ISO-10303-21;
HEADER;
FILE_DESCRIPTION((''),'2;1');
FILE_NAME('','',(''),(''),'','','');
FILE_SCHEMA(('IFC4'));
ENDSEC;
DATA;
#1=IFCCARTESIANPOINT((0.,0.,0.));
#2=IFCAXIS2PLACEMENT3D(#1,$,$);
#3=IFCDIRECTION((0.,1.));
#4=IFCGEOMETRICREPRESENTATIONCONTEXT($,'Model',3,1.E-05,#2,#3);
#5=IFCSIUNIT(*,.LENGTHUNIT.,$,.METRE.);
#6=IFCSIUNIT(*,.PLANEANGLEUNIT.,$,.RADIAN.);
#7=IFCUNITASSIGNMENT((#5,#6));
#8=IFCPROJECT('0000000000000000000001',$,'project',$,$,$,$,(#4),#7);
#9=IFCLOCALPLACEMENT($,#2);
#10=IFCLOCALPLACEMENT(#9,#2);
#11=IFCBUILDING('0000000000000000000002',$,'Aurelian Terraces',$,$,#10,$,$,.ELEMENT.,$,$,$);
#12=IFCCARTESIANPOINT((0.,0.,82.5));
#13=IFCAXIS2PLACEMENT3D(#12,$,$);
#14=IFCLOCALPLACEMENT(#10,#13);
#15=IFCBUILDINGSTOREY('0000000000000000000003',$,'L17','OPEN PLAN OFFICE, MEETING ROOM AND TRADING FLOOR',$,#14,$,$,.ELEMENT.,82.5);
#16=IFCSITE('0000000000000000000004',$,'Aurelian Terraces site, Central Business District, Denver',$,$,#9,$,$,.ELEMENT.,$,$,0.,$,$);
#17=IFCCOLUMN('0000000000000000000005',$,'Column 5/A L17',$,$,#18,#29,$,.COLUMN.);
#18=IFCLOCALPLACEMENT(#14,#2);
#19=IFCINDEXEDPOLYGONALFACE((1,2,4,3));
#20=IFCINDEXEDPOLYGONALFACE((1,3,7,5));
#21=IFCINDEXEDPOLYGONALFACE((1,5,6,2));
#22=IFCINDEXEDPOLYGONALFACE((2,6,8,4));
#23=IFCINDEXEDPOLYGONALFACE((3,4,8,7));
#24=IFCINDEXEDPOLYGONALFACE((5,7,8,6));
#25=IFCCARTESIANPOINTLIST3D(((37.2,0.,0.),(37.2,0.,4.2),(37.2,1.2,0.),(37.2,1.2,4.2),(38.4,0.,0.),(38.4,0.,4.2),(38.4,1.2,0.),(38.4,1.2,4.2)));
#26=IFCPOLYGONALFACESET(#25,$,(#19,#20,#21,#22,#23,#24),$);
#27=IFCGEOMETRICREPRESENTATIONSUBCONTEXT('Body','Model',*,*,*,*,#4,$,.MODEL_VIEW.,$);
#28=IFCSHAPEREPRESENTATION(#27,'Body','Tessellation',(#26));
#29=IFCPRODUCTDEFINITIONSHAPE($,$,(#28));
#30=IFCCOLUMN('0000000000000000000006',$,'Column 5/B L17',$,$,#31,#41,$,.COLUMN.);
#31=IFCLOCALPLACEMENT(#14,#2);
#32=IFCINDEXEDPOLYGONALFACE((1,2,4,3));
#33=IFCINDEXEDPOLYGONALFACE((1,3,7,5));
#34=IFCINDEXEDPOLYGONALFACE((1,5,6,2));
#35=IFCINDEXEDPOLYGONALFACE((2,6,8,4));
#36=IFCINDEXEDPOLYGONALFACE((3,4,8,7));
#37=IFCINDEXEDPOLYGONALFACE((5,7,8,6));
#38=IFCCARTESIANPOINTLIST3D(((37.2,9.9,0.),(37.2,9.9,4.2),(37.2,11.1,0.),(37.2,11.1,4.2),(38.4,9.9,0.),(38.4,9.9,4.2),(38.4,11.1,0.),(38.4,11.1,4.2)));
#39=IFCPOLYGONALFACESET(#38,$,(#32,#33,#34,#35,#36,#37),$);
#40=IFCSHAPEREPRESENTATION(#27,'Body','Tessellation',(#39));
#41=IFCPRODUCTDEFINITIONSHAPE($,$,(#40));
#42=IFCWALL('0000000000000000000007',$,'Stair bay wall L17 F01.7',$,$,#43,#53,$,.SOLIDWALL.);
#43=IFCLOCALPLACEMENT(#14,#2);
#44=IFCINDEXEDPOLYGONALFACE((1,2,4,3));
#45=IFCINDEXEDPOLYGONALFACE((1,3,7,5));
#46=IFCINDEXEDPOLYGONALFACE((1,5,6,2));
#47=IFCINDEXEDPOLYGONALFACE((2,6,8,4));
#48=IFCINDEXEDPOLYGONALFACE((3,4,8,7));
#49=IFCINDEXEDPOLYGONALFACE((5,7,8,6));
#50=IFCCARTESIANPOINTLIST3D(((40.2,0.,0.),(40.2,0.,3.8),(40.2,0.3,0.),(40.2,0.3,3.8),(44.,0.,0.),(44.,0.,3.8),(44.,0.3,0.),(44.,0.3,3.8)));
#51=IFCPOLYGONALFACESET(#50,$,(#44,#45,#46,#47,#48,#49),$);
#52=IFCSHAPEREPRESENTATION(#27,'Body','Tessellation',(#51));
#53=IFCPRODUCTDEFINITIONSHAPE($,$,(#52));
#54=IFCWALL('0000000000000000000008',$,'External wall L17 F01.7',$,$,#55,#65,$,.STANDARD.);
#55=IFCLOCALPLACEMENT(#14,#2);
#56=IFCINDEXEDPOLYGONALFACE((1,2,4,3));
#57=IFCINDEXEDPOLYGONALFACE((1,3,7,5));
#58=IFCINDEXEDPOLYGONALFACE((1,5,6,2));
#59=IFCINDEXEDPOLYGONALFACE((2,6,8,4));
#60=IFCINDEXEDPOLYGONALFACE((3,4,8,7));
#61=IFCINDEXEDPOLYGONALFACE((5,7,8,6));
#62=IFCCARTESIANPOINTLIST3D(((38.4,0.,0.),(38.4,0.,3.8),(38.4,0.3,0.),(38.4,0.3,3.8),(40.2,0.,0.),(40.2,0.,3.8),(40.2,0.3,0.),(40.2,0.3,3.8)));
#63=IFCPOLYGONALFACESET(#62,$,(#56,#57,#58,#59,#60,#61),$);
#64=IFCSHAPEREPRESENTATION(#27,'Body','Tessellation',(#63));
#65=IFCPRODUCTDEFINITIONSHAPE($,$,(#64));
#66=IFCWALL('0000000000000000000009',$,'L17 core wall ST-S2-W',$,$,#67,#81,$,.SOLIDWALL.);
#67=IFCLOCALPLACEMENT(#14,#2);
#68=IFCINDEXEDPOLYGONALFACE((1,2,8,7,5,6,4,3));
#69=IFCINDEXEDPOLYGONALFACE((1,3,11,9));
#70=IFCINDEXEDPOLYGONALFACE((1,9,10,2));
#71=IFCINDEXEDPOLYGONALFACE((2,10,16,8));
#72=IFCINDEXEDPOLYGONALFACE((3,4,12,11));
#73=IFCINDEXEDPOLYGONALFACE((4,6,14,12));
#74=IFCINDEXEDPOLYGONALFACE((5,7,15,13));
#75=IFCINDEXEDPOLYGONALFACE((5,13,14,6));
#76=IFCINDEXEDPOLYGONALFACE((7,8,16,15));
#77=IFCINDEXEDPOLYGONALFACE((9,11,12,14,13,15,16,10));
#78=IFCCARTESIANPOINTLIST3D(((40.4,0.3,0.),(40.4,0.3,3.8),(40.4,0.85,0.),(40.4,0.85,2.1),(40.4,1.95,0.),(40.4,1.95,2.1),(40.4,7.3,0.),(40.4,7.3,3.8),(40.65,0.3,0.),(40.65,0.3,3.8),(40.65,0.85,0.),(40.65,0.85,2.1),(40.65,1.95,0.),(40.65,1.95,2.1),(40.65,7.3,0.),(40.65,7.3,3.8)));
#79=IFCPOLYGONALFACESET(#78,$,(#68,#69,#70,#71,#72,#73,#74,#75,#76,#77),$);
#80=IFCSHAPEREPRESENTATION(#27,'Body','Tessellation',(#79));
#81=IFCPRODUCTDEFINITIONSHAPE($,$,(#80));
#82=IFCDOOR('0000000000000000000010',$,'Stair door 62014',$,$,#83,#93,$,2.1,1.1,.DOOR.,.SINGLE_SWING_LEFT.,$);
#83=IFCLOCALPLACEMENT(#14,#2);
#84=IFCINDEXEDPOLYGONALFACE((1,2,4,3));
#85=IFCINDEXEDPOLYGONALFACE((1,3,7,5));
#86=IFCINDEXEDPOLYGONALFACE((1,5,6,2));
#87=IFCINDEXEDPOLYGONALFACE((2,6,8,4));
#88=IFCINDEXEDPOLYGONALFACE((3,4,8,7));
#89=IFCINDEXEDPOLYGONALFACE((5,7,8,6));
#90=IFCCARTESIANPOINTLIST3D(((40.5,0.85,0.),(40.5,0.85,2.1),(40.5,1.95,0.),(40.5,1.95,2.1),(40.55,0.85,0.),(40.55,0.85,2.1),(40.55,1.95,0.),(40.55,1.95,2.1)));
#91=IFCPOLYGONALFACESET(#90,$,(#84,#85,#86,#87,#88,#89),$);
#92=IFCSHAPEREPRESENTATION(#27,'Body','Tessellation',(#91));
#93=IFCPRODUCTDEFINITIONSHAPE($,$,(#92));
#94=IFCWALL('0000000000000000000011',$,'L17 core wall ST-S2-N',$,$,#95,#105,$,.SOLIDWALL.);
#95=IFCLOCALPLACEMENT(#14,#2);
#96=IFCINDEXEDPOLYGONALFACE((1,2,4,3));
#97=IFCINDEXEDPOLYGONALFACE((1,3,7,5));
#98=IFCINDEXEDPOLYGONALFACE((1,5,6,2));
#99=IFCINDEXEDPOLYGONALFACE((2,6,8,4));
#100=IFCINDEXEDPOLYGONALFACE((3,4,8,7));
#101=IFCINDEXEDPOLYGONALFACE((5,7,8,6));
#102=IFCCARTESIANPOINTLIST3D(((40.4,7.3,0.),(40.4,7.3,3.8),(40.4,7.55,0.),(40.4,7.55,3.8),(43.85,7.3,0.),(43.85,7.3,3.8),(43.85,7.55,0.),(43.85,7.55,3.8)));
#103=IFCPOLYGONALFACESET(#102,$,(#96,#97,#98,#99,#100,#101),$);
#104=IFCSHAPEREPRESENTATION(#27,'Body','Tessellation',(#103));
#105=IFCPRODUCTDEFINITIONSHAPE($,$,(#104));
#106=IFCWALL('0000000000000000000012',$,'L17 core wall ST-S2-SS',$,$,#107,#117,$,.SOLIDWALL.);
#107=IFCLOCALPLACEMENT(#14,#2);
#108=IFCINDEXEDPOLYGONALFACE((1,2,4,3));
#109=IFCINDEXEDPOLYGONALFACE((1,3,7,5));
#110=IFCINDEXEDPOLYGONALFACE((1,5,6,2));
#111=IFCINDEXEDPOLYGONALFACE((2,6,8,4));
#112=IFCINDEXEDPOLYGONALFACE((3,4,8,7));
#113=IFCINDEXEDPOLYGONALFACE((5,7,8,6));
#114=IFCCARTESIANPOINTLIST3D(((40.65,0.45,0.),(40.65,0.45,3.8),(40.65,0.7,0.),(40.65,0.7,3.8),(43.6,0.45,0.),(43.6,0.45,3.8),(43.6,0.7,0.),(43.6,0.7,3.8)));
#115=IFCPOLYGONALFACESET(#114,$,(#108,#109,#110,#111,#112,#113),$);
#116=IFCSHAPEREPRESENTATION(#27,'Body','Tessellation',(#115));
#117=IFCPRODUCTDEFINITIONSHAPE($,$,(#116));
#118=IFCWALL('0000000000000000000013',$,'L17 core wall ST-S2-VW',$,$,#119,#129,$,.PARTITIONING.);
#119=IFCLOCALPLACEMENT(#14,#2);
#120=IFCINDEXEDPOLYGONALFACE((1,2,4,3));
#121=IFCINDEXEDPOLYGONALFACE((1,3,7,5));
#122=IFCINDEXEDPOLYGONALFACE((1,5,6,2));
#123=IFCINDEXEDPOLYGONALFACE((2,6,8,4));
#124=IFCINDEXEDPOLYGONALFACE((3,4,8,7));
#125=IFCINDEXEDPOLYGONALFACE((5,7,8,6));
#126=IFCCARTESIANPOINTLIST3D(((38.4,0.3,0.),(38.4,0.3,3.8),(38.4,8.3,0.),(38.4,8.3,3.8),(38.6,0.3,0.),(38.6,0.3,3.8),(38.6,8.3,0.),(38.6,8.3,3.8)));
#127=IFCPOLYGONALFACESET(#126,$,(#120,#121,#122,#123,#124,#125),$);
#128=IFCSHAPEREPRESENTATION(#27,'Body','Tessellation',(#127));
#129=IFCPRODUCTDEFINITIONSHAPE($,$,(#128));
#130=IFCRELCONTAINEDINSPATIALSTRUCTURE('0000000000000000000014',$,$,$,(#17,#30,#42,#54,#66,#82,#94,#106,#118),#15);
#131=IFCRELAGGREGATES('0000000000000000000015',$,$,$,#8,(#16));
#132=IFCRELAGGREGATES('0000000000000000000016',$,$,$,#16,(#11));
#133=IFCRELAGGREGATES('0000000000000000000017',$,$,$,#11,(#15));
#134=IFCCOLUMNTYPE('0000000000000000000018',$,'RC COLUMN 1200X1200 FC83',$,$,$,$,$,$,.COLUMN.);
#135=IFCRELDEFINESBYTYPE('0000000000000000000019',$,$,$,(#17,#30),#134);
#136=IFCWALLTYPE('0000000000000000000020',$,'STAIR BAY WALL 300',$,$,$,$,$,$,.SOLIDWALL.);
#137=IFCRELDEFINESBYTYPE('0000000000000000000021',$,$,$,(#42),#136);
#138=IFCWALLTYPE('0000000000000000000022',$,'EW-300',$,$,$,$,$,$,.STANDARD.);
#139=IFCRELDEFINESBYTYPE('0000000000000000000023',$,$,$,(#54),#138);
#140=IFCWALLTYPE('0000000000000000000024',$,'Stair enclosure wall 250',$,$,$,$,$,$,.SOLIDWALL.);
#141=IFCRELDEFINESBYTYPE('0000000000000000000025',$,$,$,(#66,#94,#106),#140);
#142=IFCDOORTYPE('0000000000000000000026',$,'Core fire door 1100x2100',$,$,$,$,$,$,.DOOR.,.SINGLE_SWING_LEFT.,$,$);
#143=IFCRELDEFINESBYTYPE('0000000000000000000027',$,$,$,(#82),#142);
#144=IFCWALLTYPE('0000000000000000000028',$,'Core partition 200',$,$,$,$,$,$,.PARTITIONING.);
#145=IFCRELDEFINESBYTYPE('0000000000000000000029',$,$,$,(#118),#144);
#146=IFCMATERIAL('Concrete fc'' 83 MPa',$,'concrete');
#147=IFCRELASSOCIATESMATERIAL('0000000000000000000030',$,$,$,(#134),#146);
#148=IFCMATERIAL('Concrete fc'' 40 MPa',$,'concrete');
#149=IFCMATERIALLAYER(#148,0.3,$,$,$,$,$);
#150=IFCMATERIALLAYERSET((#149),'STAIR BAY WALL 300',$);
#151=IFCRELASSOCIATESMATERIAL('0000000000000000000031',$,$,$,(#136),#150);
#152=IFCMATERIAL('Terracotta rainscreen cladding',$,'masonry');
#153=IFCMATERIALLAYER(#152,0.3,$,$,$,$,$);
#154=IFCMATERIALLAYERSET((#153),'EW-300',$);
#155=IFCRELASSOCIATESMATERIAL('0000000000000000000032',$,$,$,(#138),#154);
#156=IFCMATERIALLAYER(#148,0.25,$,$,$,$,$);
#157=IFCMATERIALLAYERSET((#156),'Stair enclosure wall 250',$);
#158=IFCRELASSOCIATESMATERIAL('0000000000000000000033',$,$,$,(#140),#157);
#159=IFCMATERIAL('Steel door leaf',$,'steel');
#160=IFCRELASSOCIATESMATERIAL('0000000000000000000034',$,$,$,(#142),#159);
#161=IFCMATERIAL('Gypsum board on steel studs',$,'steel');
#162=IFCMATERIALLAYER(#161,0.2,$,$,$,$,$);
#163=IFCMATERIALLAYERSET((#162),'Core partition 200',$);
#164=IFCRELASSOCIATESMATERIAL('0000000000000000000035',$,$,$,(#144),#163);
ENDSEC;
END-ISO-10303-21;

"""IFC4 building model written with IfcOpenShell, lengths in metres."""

from ifc_helpers import new_model, si_unit, direction, frame, frame_2d, origin, origin_2d, place, context, subcontext, project, spatial, rectangle, extrude, source, transform, mapped, material, layer, layer_set, material_profile, profile_set, type_object, element, fill, save


model = new_model("IFC4")

# Units and contexts
model_context = context("Model", 3, precision=1e-05, world=origin(), true_north=direction((0.0, 1.0)))
body_context = subcontext(model_context, "Body", "Model", "MODEL_VIEW")
ifc_project = project(units=[si_unit("LENGTHUNIT", "METRE"), si_unit("PLANEANGLEUNIT", "RADIAN")], contexts=[model_context])

# Site, building, storey
site_placement = place(None, origin())
site = spatial("IfcSite", under=ifc_project, at=site_placement, Name="Aurelian Terraces site, Central Business District, Denver", CompositionType="ELEMENT", RefElevation=0.0)
building_placement = place(site_placement, origin())
building = spatial("IfcBuilding", under=site, at=building_placement, Name="Aurelian Terraces", CompositionType="ELEMENT")
storey_placement = place(building_placement, frame((0.0, 0.0, 82.5)))
storey = spatial("IfcBuildingStorey", under=building, at=storey_placement, Name="L17", Description="OPEN PLAN OFFICE, MEETING ROOM AND TRADING FLOOR", CompositionType="ELEMENT", Elevation=82.5)

# Columns
ifc_material_1 = material(Name="Concrete fc' 83 MPa", Category="concrete")
ifc_material_profile = material_profile(ifc_material_1, rectangle(XDim=1.2, YDim=1.2, at=origin_2d()))
ifc_profile_set = profile_set([ifc_material_profile], Name="Concrete fc' 83 MPa")
column_type = type_object("IfcColumnType", Name="RC COLUMN 1200X1200 FC83", PredefinedType="COLUMN", material=ifc_profile_set)
shared_shape_1 = source(origin(), body_context, "Body", "SweptSolid", [
    extrude(rectangle(XDim=1.2, YDim=1.2, at=origin_2d()), origin(), (0.0, 0.0, 1.0), 4.2),
])
for number, where, z_axis, x_axis, name in (
    (1, (37.8, 0.6, 0.0), (0.0, 0.0, 1.0), (1.0, 0.0, 0.0), "Column 5/A L17"),
    (2, (37.8, 10.5, 0.0), (0.0, 0.0, 1.0), (1.0, 0.0, 0.0), "Column 5/B L17"),
):
    element("IfcColumn", number, at=place(storey_placement, frame(where, z_axis=z_axis, x_axis=x_axis)), inside=storey, type_object=column_type, Name=name, PredefinedType="COLUMN", context=body_context, shape_type="MappedRepresentation", body=[
        mapped(shared_shape_1, transform((0.0, 0.0, 0.0), scale=1.0)),
    ])

# Walls
ifc_material_2 = material(Name="Concrete fc' 40 MPa", Category="concrete")
ifc_layer_1 = layer(ifc_material_2, 0.3)
ifc_layer_set_1 = layer_set([ifc_layer_1], Name="STAIR BAY WALL 300")
wall_type_1 = type_object("IfcWallType", Name="STAIR BAY WALL 300", PredefinedType="SOLIDWALL", material=ifc_layer_set_1)
shared_shape_2 = source(origin(), body_context, "Body", "SweptSolid", [
    extrude(rectangle(XDim=3.8, YDim=0.3, at=frame_2d((1.9, 0.0))), origin(), (0.0, 0.0, 1.0), 3.8),
])
wall_1_placement = place(storey_placement, frame((40.2, 0.15, 0.0), z_axis=(0.0, 0.0, 1.0), x_axis=(1.0, 0.0, 0.0)))
element("IfcWall", 3, at=wall_1_placement, inside=storey, type_object=wall_type_1, Name="Stair bay wall L17 F01.7", PredefinedType="SOLIDWALL", context=body_context, shape_type="MappedRepresentation", body=[
    mapped(shared_shape_2, transform((0.0, 0.0, 0.0), scale=1.0)),
])
ifc_material_3 = material(Name="Terracotta rainscreen cladding", Category="masonry")
ifc_layer_2 = layer(ifc_material_3, 0.3)
ifc_layer_set_2 = layer_set([ifc_layer_2], Name="EW-300")
wall_type_2 = type_object("IfcWallType", Name="EW-300", PredefinedType="STANDARD", material=ifc_layer_set_2)
shared_shape_3 = source(origin(), body_context, "Body", "SweptSolid", [
    extrude(rectangle(XDim=1.8, YDim=0.3, at=frame_2d((0.9, 0.0))), origin(), (0.0, 0.0, 1.0), 3.8),
])
wall_2_placement = place(storey_placement, frame((38.4, 0.15, 0.0), z_axis=(0.0, 0.0, 1.0), x_axis=(1.0, 0.0, 0.0)))
element("IfcWall", 4, at=wall_2_placement, inside=storey, type_object=wall_type_2, Name="External wall L17 F01.7", PredefinedType="STANDARD", context=body_context, shape_type="MappedRepresentation", body=[
    mapped(shared_shape_3, transform((0.0, 0.0, 0.0), scale=1.0)),
])

# Wall, opening, door
ifc_layer_3 = layer(ifc_material_2, 0.25)
ifc_layer_set_3 = layer_set([ifc_layer_3], Name="Stair enclosure wall 250")
wall_type_3 = type_object("IfcWallType", Name="Stair enclosure wall 250", PredefinedType="SOLIDWALL", material=ifc_layer_set_3)
shared_shape_4 = source(origin(), body_context, "Body", "SweptSolid", [
    extrude(rectangle(XDim=7.0, YDim=0.25, at=frame_2d((3.5, 0.0))), origin(), (0.0, 0.0, 1.0), 3.8),
])
wall_3_placement = place(storey_placement, frame((40.525, 0.3, 0.0), z_axis=(0.0, 0.0, 1.0), x_axis=(0.0, 1.0, 0.0)))
wall_3 = element("IfcWall", 5, at=wall_3_placement, inside=storey, type_object=wall_type_3, Name="L17 core wall ST-S2-W", PredefinedType="SOLIDWALL", context=body_context, shape_type="MappedRepresentation", body=[
    mapped(shared_shape_4, transform((0.0, 0.0, 0.0), scale=1.0)),
])
shared_shape_5 = source(origin(), body_context, "Body", "SweptSolid", [
    extrude(rectangle(XDim=1.1, YDim=2.1, at=frame_2d((0.55, 1.05))), frame((0.0, 0.135, 0.0), z_axis=(0.0, -1.0, 0.0), x_axis=(1.0, 0.0, 0.0)), (0.0, 0.0, 1.0), 0.27),
])
opening_1_placement = place(wall_3_placement, frame((0.55, 0.0, 0.0)))
opening_1 = element("IfcOpeningElement", 6, at=opening_1_placement, cuts=wall_3, PredefinedType="OPENING", context=body_context, shape_type="MappedRepresentation", body=[
    mapped(shared_shape_5, transform((0.0, 0.0, 0.0), scale=1.0)),
])
ifc_material_4 = material(Name="Steel door leaf", Category="steel")
door_type_1 = type_object("IfcDoorType", Name="Core fire door 1100x2100", OperationType="SINGLE_SWING_LEFT", PredefinedType="DOOR", material=ifc_material_4)
shared_shape_6 = source(origin(), body_context, "Body", "SweptSolid", [
    extrude(rectangle(XDim=1.1, YDim=2.1, at=frame_2d((0.55, 1.05))), frame((0.0, 0.025, 0.0), z_axis=(0.0, -1.0, 0.0), x_axis=(1.0, 0.0, 0.0)), (0.0, 0.0, 1.0), 0.05),
])
door_1_placement = place(opening_1_placement, origin())
door_1 = element("IfcDoor", 7, at=door_1_placement, inside=storey, type_object=door_type_1, Name="Stair door 62014", OperationType="SINGLE_SWING_LEFT", OverallHeight=2.1, OverallWidth=1.1, PredefinedType="DOOR", context=body_context, shape_type="MappedRepresentation", body=[
    mapped(shared_shape_6, transform((0.0, 0.0, 0.0), scale=1.0)),
])
fill(opening_1, door_1)

# Walls
shared_shape_7 = source(origin(), body_context, "Body", "SweptSolid", [
    extrude(rectangle(XDim=3.45, YDim=0.25, at=frame_2d((1.725, 0.0))), origin(), (0.0, 0.0, 1.0), 3.8),
])
wall_4_placement = place(storey_placement, frame((40.4, 7.425, 0.0), z_axis=(0.0, 0.0, 1.0), x_axis=(1.0, 0.0, 0.0)))
element("IfcWall", 8, at=wall_4_placement, inside=storey, type_object=wall_type_3, Name="L17 core wall ST-S2-N", PredefinedType="SOLIDWALL", context=body_context, shape_type="MappedRepresentation", body=[
    mapped(shared_shape_7, transform((0.0, 0.0, 0.0), scale=1.0)),
])
shared_shape_8 = source(origin(), body_context, "Body", "SweptSolid", [
    extrude(rectangle(XDim=2.95, YDim=0.25, at=frame_2d((1.475, 0.0))), origin(), (0.0, 0.0, 1.0), 3.8),
])
wall_5_placement = place(storey_placement, frame((40.65, 0.575, 0.0), z_axis=(0.0, 0.0, 1.0), x_axis=(1.0, 0.0, 0.0)))
element("IfcWall", 9, at=wall_5_placement, inside=storey, type_object=wall_type_3, Name="L17 core wall ST-S2-SS", PredefinedType="SOLIDWALL", context=body_context, shape_type="MappedRepresentation", body=[
    mapped(shared_shape_8, transform((0.0, 0.0, 0.0), scale=1.0)),
])
ifc_material_5 = material(Name="Gypsum board on steel studs", Category="steel")
ifc_layer_4 = layer(ifc_material_5, 0.2)
ifc_layer_set_4 = layer_set([ifc_layer_4], Name="Core partition 200")
wall_type_4 = type_object("IfcWallType", Name="Core partition 200", PredefinedType="PARTITIONING", material=ifc_layer_set_4)
shared_shape_9 = source(origin(), body_context, "Body", "SweptSolid", [
    extrude(rectangle(XDim=8.0, YDim=0.2, at=frame_2d((4.0, 0.0))), origin(), (0.0, 0.0, 1.0), 3.8),
])
wall_6_placement = place(storey_placement, frame((38.5, 0.3, 0.0), z_axis=(0.0, 0.0, 1.0), x_axis=(0.0, 1.0, 0.0)))
element("IfcWall", 10, at=wall_6_placement, inside=storey, type_object=wall_type_4, Name="L17 core wall ST-S2-VW", PredefinedType="PARTITIONING", context=body_context, shape_type="MappedRepresentation", body=[
    mapped(shared_shape_9, transform((0.0, 0.0, 0.0), scale=1.0)),
])

save(model, "model.ifc")
